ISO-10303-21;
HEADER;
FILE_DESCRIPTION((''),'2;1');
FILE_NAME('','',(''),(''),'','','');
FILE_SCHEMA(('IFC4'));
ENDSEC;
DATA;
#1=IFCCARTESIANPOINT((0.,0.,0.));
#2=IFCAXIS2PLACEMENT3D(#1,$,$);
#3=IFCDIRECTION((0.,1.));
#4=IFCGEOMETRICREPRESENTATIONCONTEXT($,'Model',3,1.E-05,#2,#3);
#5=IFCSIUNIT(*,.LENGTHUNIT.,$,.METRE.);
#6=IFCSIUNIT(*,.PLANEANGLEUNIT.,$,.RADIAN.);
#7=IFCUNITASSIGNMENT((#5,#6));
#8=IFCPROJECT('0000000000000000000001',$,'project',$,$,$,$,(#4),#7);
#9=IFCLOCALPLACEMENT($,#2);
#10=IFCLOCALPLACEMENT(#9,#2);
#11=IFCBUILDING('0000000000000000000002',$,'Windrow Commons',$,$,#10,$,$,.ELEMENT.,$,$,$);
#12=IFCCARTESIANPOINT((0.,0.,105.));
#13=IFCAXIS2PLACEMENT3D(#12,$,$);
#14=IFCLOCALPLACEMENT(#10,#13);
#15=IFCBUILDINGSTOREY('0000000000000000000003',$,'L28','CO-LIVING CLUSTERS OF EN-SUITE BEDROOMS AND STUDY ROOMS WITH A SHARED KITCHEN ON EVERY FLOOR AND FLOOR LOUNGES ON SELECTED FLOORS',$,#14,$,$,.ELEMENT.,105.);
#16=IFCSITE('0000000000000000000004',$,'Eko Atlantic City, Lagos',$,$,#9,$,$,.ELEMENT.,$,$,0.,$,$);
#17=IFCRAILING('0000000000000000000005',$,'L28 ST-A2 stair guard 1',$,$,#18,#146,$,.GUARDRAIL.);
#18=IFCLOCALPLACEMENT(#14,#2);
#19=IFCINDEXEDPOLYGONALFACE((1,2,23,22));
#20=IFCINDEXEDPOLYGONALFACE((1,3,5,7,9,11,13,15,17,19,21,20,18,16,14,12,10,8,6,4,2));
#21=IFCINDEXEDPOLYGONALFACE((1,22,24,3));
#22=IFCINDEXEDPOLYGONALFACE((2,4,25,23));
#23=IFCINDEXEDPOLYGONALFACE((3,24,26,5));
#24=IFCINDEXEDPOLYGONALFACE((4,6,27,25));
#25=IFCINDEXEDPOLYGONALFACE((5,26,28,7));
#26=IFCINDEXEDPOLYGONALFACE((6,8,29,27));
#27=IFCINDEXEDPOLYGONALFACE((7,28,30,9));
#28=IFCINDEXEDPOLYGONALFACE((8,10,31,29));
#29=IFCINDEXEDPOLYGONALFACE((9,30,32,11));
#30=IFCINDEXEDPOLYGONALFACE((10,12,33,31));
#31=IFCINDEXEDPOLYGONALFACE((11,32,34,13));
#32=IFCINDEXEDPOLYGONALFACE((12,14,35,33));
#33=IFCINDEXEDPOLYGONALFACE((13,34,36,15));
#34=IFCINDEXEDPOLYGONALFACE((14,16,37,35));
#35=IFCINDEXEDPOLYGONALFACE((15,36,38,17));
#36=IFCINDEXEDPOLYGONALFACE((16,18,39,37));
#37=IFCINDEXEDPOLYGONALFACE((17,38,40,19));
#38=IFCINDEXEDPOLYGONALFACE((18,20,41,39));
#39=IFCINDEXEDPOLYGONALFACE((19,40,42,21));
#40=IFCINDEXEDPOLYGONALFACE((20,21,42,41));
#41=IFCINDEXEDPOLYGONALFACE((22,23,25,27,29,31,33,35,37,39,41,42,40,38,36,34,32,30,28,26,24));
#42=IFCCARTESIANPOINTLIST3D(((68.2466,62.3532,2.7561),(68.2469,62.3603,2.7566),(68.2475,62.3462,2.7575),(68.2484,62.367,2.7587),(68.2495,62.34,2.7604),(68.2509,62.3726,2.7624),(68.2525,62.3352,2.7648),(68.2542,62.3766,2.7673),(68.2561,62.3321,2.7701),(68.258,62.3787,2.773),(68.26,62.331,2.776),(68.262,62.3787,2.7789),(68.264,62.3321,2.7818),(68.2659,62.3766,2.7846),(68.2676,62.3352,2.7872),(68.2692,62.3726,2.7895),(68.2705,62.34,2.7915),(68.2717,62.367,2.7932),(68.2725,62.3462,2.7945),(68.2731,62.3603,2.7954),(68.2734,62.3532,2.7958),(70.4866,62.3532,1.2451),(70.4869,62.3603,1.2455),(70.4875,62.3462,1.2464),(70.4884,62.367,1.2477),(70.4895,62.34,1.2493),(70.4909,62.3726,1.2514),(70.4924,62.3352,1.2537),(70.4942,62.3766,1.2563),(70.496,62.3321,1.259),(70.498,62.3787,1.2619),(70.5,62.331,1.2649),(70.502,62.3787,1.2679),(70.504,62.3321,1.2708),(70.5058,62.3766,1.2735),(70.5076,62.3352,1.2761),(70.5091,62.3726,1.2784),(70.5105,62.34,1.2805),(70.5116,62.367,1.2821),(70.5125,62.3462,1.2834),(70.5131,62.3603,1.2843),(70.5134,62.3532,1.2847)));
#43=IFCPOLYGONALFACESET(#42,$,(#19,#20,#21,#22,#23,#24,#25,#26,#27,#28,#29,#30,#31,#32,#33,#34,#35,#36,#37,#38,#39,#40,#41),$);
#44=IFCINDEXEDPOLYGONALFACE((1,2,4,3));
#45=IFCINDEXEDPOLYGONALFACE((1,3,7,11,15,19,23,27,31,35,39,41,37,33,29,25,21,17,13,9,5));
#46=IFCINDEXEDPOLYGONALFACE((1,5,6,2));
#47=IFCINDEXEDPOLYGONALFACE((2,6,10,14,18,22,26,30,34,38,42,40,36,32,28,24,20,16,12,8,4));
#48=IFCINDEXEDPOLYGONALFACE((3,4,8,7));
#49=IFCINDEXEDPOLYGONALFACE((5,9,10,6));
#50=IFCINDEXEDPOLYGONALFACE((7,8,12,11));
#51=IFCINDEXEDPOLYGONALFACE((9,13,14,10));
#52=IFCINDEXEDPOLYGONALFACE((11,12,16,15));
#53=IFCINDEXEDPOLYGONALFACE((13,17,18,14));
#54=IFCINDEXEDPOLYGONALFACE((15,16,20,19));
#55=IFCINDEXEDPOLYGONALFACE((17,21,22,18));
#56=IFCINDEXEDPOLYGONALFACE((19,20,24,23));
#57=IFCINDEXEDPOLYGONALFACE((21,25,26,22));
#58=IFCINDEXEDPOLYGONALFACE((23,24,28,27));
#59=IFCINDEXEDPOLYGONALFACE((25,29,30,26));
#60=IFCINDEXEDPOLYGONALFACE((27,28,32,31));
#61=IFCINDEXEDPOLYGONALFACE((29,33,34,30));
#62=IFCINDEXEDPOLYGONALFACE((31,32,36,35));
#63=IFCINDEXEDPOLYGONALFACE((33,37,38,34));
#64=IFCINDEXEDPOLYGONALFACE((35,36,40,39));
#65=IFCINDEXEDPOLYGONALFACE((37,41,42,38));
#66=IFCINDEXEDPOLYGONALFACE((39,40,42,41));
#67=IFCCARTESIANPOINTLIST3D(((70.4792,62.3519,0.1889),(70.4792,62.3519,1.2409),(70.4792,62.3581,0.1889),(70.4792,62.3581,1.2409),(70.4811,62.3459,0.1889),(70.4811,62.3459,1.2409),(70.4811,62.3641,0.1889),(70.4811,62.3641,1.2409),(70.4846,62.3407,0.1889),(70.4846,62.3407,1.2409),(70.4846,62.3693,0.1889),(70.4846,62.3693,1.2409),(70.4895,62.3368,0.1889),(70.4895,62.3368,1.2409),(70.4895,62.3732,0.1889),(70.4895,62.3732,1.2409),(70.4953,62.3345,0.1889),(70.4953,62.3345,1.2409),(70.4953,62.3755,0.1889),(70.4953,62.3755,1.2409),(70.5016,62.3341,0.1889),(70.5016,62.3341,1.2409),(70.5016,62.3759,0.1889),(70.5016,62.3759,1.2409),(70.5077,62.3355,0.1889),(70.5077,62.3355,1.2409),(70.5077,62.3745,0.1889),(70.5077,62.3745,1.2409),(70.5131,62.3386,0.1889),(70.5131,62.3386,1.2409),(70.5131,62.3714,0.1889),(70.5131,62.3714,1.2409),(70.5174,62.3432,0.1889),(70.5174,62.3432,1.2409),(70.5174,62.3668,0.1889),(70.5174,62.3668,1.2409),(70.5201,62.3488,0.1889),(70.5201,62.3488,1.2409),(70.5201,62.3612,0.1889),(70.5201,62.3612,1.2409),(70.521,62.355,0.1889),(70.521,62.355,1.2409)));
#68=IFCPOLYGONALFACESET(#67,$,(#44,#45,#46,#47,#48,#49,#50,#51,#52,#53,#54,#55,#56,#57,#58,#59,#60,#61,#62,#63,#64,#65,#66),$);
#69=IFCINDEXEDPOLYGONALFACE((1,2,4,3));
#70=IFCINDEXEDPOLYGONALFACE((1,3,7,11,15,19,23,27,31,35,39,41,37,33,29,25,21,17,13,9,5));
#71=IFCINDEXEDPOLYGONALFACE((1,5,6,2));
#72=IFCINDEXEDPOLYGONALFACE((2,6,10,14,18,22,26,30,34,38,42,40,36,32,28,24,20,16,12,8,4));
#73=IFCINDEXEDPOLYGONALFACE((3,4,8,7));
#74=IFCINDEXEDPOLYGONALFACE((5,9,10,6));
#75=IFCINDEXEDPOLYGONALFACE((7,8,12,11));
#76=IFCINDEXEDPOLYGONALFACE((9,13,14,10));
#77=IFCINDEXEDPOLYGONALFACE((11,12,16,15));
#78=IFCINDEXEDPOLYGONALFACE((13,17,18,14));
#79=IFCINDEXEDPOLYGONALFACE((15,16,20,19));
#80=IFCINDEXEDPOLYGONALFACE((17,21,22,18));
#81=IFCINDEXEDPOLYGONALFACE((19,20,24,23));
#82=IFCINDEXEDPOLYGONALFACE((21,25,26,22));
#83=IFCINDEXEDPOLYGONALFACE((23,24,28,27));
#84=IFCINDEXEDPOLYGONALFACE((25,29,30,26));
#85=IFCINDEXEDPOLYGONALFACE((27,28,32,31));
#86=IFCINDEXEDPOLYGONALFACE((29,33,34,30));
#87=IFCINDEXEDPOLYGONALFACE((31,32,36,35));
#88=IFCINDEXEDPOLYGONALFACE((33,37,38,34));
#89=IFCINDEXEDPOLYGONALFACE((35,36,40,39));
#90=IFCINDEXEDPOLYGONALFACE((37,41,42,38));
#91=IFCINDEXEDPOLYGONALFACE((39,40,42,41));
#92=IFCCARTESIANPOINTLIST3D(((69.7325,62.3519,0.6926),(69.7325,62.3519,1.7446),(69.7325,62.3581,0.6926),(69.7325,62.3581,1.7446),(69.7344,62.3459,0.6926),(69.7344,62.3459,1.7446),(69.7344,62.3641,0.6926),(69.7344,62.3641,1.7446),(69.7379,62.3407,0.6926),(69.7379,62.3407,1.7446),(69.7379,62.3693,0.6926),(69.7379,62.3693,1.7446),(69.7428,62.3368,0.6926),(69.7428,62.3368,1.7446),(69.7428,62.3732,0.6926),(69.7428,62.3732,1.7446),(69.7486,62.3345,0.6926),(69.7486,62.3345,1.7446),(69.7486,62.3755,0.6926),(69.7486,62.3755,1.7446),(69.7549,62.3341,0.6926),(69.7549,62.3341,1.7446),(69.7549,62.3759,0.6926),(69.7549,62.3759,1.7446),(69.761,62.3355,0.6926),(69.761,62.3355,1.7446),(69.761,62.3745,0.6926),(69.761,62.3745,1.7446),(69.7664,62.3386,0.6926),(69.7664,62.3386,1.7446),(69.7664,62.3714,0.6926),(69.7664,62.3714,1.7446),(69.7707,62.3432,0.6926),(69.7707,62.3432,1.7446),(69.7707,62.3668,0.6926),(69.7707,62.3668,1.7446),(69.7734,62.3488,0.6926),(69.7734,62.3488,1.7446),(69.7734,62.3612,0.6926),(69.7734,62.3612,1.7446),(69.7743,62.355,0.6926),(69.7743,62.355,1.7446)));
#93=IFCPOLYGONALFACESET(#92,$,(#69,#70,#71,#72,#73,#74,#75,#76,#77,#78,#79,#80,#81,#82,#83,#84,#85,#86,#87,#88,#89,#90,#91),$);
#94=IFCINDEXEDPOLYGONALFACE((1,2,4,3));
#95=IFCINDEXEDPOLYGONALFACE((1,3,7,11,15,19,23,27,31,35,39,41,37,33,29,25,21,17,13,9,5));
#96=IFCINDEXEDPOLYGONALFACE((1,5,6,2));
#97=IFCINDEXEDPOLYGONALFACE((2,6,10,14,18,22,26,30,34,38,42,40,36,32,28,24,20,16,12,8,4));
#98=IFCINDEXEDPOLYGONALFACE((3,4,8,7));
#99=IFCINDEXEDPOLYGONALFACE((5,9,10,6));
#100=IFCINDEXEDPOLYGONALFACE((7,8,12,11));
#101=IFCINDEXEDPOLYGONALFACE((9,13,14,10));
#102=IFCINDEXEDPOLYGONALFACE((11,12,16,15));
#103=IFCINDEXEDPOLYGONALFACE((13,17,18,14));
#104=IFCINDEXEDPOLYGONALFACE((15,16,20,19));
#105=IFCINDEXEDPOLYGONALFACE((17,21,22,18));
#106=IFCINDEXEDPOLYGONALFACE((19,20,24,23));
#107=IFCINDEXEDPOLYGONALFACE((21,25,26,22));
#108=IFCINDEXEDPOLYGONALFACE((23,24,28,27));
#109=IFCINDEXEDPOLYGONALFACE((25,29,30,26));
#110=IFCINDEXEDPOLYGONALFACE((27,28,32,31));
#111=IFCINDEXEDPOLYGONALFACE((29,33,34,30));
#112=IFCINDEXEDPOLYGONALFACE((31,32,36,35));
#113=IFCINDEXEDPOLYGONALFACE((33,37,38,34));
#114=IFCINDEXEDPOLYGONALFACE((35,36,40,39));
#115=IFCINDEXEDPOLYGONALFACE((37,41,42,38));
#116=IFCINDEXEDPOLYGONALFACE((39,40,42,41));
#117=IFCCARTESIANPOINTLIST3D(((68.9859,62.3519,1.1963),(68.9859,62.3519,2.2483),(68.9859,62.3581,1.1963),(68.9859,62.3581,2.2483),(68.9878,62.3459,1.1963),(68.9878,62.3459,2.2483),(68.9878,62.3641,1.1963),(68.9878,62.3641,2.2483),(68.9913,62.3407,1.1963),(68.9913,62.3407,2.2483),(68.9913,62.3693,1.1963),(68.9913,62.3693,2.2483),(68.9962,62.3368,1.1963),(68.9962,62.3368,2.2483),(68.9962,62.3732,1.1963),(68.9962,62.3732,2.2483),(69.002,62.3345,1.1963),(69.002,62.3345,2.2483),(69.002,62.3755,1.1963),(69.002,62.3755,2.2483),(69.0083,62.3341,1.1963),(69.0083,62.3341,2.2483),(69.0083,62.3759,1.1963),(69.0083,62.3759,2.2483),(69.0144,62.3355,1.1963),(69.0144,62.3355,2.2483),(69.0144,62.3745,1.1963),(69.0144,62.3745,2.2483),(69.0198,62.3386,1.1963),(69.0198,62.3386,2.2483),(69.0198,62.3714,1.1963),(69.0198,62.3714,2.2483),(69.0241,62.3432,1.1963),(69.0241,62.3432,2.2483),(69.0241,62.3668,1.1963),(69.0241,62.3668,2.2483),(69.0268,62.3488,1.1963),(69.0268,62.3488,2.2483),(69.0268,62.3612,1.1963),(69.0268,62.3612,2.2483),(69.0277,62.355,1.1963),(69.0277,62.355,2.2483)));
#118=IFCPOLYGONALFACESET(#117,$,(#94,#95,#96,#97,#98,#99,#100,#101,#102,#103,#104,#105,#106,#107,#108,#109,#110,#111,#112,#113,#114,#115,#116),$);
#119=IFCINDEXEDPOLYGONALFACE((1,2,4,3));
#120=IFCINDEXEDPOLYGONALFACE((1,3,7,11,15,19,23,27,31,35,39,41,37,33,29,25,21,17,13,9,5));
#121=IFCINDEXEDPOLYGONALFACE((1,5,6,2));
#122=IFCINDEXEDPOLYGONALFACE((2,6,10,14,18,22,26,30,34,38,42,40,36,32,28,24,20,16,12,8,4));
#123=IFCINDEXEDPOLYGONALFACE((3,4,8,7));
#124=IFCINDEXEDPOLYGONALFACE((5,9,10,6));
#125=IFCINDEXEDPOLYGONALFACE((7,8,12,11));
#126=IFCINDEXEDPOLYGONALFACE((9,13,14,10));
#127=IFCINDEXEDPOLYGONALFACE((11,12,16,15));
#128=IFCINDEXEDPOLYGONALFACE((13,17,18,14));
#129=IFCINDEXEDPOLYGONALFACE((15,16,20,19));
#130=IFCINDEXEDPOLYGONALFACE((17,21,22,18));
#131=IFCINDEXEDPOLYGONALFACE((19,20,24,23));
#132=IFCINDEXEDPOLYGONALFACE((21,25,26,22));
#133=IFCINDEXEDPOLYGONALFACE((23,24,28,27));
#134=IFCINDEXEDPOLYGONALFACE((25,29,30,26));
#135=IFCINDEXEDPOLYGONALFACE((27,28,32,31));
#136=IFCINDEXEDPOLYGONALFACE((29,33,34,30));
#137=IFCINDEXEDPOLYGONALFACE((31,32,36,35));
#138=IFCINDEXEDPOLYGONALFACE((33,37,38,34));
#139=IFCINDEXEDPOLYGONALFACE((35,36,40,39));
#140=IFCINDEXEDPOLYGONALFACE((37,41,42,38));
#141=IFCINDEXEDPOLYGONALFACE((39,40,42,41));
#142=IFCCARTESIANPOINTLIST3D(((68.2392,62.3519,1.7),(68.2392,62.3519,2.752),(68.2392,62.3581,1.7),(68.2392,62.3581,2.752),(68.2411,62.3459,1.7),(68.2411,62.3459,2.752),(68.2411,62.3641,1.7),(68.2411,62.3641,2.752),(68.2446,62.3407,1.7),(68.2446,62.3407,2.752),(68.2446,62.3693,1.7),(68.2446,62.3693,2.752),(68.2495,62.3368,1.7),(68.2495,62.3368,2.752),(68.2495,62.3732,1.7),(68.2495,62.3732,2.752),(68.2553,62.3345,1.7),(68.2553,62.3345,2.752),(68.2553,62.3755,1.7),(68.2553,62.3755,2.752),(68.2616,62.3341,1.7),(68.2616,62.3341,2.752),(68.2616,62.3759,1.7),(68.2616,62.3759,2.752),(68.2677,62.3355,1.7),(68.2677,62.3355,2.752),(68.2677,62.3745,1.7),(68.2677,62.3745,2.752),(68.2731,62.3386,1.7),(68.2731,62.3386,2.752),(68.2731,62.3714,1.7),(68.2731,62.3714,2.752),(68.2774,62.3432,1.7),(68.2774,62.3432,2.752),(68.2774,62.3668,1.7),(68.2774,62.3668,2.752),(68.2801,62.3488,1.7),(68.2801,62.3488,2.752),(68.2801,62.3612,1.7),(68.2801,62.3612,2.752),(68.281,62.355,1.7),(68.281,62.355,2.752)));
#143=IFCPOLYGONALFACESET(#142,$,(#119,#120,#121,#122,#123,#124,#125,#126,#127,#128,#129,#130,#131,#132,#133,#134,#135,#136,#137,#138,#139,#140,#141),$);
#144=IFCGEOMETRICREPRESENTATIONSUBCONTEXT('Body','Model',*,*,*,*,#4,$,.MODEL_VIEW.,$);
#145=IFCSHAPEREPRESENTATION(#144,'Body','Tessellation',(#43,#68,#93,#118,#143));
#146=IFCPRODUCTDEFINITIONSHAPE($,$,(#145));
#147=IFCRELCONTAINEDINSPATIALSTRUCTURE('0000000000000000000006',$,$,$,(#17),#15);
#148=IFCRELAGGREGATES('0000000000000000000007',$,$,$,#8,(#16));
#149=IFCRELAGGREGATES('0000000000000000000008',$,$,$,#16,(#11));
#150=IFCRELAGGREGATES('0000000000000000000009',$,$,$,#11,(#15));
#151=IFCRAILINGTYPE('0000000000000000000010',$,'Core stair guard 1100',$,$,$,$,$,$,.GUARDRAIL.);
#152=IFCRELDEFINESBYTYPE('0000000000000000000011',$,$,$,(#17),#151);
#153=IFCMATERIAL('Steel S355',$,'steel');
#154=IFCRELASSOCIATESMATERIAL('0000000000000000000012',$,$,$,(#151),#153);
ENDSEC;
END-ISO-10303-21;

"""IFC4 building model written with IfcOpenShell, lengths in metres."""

from ifc_helpers import new_model, si_unit, direction, frame, origin, origin_2d, place, context, subcontext, project, spatial, circle, extrude, material, type_object, element, save


model = new_model("IFC4")

# Units and contexts
model_context = context("Model", 3, precision=1e-05, world=origin(), true_north=direction((0.0, 1.0)))
body_context = subcontext(model_context, "Body", "Model", "MODEL_VIEW")
ifc_project = project(units=[si_unit("LENGTHUNIT", "METRE"), si_unit("PLANEANGLEUNIT", "RADIAN")], contexts=[model_context])

# Site, building, storey
site_placement = place(None, origin())
site = spatial("IfcSite", under=ifc_project, at=site_placement, Name="Eko Atlantic City, Lagos", CompositionType="ELEMENT", RefElevation=0.0)
building_placement = place(site_placement, origin())
building = spatial("IfcBuilding", under=site, at=building_placement, Name="Windrow Commons", CompositionType="ELEMENT")
storey_placement = place(building_placement, frame((0.0, 0.0, 105.0)))
storey = spatial("IfcBuildingStorey", under=building, at=storey_placement, Name="L28", Description="CO-LIVING CLUSTERS OF EN-SUITE BEDROOMS AND STUDY ROOMS WITH A SHARED KITCHEN ON EVERY FLOOR AND FLOOR LOUNGES ON SELECTED FLOORS", CompositionType="ELEMENT", Elevation=105.0)

# Railing
ifc_material_1 = material(Name="Steel S355", Category="steel")
railing_type_1 = type_object("IfcRailingType", Name="Core stair guard 1100", PredefinedType="GUARDRAIL", material=ifc_material_1)
for number, where, name in (
    (1, (70.5, 62.355, 0.1889), "L28 ST-A2 stair guard 1"),
):
    element("IfcRailing", number, at=place(storey_placement, frame(where)), inside=storey, type_object=railing_type_1, Name=name, PredefinedType="GUARDRAIL", context=body_context, shape_type="SweptSolid", body=[
        extrude(circle(Radius=0.024, at=origin_2d()), frame((0.0, 0.0, 1.076), z_axis=(-0.829003, 0.0, 0.559244), x_axis=(0.0, -1.0, 0.0)), (0.0, 0.0, 1.0), 2.702),
        extrude(circle(Radius=0.021, at=origin_2d()), origin(), (0.0, 0.0, 1.0), 1.052),
        extrude(circle(Radius=0.021, at=origin_2d()), frame((-0.7467, 0.0, 0.5037)), (0.0, 0.0, 1.0), 1.052),
        extrude(circle(Radius=0.021, at=origin_2d()), frame((-1.4933, 0.0, 1.0074)), (0.0, 0.0, 1.0), 1.052),
        extrude(circle(Radius=0.021, at=origin_2d()), frame((-2.24, 0.0, 1.5111)), (0.0, 0.0, 1.0), 1.052),
    ])

save(model, "model.ifc")
